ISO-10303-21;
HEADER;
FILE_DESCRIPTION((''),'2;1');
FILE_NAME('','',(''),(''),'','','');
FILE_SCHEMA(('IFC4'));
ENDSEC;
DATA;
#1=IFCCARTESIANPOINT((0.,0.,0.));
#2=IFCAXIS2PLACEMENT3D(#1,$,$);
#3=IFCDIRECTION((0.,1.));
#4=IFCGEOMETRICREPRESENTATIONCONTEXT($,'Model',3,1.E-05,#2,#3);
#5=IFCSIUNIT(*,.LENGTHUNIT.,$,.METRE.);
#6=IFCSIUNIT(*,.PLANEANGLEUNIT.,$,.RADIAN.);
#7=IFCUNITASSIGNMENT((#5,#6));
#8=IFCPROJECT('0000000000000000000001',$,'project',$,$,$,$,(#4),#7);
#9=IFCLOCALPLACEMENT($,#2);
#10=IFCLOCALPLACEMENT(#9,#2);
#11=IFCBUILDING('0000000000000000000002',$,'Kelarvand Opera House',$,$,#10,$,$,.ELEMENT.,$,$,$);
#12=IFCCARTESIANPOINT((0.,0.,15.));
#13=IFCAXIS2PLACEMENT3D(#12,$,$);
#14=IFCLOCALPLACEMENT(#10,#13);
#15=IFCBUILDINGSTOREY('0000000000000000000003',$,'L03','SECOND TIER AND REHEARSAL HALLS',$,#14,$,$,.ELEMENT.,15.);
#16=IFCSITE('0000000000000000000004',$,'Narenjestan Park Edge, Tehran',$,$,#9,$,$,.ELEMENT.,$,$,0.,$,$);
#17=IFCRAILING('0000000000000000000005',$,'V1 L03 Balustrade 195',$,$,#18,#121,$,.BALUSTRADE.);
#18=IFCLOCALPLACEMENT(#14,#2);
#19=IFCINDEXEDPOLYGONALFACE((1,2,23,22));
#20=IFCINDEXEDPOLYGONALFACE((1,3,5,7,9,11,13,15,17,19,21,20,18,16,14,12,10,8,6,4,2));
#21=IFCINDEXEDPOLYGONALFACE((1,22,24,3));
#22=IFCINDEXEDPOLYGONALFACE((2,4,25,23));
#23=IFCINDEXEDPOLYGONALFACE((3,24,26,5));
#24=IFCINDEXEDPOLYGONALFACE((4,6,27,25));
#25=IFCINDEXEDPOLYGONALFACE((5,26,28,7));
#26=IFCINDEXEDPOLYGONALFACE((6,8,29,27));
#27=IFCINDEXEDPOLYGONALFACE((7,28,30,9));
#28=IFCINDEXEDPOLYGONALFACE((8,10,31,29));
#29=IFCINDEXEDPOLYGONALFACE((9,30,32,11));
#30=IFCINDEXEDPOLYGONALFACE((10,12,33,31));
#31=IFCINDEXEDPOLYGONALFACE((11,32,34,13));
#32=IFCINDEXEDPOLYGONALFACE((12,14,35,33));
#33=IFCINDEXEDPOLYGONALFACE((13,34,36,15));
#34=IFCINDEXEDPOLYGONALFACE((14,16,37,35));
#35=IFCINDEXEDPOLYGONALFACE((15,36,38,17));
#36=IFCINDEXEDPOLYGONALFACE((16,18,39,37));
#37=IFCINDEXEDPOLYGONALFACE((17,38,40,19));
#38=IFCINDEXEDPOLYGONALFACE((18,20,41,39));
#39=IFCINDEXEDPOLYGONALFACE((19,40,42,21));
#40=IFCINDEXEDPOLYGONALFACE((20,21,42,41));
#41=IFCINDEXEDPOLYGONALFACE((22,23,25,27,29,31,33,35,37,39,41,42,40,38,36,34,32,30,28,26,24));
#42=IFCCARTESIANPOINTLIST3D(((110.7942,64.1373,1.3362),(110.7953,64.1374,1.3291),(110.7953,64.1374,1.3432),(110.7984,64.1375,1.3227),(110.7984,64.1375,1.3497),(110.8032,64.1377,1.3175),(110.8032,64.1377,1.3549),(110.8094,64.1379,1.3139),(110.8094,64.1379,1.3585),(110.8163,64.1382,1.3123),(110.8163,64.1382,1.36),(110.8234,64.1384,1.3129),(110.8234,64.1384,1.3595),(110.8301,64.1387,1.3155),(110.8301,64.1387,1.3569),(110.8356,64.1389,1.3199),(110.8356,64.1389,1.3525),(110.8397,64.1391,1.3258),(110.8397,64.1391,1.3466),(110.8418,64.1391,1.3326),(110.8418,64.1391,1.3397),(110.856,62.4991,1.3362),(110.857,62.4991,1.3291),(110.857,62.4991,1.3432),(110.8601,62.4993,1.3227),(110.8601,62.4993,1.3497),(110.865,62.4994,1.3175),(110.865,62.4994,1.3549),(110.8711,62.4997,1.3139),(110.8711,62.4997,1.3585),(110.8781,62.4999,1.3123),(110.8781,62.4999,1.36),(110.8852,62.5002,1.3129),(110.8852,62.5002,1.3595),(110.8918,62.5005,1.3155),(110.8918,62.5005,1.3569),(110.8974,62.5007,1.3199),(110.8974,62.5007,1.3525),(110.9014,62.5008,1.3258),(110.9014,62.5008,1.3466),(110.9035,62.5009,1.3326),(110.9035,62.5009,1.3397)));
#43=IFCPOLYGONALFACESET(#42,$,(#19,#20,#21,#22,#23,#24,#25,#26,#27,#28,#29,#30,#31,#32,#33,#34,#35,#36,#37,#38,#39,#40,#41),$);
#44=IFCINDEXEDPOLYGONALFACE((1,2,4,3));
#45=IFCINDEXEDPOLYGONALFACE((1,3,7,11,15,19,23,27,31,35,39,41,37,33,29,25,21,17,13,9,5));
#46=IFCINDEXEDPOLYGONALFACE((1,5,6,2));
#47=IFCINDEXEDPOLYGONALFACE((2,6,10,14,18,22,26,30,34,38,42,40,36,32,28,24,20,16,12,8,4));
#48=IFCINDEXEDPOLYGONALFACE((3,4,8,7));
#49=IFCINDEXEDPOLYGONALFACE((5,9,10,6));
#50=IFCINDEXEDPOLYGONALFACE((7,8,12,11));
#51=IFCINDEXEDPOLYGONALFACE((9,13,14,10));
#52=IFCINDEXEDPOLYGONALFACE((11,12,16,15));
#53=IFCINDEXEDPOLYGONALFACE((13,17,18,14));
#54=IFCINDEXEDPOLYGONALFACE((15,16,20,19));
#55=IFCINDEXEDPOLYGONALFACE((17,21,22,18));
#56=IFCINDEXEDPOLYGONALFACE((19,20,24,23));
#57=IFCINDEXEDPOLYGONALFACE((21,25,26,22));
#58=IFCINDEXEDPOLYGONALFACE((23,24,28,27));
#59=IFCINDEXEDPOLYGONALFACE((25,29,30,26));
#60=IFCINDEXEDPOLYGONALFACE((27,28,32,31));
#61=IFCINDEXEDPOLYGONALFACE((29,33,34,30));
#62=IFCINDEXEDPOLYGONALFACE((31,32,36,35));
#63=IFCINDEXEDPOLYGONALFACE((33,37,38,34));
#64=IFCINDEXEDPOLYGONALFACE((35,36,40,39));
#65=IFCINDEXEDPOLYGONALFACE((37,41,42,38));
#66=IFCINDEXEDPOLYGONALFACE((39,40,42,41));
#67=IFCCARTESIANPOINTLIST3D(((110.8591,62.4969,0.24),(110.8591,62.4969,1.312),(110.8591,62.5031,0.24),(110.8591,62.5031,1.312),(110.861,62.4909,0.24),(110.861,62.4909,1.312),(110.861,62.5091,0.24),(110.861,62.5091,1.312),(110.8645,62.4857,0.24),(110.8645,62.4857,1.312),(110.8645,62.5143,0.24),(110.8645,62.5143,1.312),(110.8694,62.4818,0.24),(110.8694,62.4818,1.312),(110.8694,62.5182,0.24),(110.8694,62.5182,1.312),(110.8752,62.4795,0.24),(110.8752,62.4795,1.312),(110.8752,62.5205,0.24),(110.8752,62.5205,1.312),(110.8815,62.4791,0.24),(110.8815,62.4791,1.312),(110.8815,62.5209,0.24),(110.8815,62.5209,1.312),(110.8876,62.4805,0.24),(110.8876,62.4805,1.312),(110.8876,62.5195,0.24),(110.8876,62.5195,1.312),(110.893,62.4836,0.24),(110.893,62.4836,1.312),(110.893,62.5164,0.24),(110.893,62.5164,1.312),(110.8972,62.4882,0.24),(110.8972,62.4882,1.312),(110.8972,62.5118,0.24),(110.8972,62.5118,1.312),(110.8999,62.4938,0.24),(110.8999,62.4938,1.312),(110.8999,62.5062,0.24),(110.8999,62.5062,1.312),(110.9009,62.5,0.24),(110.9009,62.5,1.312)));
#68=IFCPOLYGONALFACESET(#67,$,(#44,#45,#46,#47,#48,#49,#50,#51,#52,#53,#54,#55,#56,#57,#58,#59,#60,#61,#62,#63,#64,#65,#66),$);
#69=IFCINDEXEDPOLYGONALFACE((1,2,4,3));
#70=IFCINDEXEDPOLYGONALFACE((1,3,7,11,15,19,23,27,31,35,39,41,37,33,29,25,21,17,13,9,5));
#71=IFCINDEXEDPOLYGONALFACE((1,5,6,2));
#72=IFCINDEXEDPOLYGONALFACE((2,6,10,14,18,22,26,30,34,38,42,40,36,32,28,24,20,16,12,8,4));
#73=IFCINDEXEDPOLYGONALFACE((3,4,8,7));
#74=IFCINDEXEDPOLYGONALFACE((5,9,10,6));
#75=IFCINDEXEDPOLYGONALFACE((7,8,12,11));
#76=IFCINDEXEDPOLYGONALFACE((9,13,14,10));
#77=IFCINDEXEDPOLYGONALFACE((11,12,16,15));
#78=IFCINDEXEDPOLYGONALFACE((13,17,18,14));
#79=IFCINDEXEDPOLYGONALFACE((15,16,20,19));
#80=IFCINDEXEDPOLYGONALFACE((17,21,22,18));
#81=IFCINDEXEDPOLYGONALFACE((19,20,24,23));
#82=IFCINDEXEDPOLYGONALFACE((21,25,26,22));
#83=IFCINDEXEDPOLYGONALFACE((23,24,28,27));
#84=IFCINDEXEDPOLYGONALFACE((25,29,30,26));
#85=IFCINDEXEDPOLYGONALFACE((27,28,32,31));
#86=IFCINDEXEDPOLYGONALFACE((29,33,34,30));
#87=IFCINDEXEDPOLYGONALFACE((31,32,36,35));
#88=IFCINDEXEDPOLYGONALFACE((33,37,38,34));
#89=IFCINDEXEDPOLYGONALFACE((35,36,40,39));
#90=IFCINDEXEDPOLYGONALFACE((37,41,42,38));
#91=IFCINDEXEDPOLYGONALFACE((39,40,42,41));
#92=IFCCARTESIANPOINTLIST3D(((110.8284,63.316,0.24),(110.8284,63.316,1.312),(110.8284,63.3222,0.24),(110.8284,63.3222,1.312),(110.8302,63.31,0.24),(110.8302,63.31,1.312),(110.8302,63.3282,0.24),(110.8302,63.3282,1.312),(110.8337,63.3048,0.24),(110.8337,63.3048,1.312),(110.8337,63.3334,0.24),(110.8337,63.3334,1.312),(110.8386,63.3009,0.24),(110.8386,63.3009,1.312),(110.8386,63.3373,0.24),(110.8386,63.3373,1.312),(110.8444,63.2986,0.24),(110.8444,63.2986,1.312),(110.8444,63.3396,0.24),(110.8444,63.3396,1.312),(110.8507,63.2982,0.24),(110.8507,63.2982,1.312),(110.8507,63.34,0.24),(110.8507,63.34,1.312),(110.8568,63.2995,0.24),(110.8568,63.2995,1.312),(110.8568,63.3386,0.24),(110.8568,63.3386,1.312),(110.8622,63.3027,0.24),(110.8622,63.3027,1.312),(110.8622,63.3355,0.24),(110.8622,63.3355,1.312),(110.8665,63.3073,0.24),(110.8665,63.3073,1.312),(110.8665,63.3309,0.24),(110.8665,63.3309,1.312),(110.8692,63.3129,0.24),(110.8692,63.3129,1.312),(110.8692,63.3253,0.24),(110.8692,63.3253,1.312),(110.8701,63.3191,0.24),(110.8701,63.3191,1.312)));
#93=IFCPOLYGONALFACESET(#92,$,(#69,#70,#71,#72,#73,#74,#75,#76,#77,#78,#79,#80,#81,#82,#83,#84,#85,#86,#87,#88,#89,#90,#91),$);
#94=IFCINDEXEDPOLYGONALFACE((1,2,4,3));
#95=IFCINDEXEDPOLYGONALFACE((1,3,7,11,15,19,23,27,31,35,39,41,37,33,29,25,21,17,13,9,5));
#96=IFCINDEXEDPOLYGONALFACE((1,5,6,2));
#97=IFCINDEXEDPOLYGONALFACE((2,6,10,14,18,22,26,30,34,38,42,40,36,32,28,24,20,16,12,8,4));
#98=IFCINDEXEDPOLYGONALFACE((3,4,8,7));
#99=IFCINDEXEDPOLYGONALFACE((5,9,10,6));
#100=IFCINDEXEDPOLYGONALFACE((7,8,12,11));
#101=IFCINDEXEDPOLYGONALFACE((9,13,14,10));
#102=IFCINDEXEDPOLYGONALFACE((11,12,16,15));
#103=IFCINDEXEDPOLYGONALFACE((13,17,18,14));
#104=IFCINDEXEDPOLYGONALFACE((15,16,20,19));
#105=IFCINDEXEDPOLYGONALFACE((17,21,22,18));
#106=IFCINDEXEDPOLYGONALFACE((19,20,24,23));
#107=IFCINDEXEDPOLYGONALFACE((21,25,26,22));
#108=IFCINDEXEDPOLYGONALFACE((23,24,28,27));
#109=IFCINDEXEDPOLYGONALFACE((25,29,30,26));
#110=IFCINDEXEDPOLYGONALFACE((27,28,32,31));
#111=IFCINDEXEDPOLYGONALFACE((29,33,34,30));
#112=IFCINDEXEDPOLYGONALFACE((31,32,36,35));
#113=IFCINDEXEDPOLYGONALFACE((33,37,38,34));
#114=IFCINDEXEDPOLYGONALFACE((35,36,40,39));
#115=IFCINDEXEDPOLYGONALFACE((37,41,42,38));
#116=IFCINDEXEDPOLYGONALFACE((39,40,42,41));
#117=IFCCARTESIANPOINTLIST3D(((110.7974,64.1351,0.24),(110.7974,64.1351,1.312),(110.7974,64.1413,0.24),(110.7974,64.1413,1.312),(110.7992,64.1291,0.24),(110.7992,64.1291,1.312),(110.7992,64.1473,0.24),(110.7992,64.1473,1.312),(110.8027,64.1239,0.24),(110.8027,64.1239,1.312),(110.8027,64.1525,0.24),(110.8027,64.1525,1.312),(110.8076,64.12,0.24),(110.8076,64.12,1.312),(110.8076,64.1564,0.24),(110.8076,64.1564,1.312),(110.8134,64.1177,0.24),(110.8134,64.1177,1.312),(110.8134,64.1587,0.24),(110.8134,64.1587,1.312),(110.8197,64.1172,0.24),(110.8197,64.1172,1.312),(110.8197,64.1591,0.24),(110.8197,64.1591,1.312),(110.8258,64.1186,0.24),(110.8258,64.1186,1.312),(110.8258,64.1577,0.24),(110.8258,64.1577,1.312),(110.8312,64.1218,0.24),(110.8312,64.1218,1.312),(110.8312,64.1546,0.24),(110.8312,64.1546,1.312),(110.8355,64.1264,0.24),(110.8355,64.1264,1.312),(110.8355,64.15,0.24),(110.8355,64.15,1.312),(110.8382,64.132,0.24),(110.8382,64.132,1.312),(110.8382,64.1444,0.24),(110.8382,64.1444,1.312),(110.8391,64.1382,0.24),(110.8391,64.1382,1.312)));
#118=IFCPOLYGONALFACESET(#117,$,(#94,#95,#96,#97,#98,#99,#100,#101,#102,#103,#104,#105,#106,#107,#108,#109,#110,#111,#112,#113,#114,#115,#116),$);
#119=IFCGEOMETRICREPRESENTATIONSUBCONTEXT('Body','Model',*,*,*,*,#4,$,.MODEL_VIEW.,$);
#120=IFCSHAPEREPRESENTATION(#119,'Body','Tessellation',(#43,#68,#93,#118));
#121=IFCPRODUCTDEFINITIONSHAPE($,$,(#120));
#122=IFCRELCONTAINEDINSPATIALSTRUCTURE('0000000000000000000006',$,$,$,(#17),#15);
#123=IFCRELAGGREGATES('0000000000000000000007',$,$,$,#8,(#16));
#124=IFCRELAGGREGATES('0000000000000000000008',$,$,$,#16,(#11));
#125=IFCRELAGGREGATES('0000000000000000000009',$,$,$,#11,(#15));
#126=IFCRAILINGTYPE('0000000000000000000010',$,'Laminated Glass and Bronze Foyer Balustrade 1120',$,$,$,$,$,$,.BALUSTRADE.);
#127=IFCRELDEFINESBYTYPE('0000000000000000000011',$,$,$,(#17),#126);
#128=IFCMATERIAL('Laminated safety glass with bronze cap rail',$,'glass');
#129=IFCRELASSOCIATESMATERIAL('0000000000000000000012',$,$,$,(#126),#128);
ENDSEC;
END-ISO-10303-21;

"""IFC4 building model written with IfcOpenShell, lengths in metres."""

from ifc_helpers import new_model, si_unit, direction, frame, origin, origin_2d, place, context, subcontext, project, spatial, circle, extrude, material, type_object, element, save


model = new_model("IFC4")

# Units and contexts
model_context = context("Model", 3, precision=1e-05, world=origin(), true_north=direction((0.0, 1.0)))
body_context = subcontext(model_context, "Body", "Model", "MODEL_VIEW")
ifc_project = project(units=[si_unit("LENGTHUNIT", "METRE"), si_unit("PLANEANGLEUNIT", "RADIAN")], contexts=[model_context])

# Site, building, storey
site_placement = place(None, origin())
site = spatial("IfcSite", under=ifc_project, at=site_placement, Name="Narenjestan Park Edge, Tehran", CompositionType="ELEMENT", RefElevation=0.0)
building_placement = place(site_placement, origin())
building = spatial("IfcBuilding", under=site, at=building_placement, Name="Kelarvand Opera House", CompositionType="ELEMENT")
storey_placement = place(building_placement, frame((0.0, 0.0, 15.0)))
storey = spatial("IfcBuildingStorey", under=building, at=storey_placement, Name="L03", Description="SECOND TIER AND REHEARSAL HALLS", CompositionType="ELEMENT", Elevation=15.0)

# Railing
ifc_material_1 = material(Name="Laminated safety glass with bronze cap rail", Category="glass")
railing_type = type_object("IfcRailingType", Name="Laminated Glass and Bronze Foyer Balustrade 1120", PredefinedType="BALUSTRADE", material=ifc_material_1)
railing_1_placement = place(storey_placement, frame((110.8799, 62.5, 0.24)))
element("IfcRailing", 1, at=railing_1_placement, inside=storey, type_object=railing_type, Name="V1 L03 Balustrade 195", PredefinedType="BALUSTRADE", context=body_context, shape_type="SweptSolid", body=[
    extrude(circle(Radius=0.0239, at=origin_2d()), frame((0.0, 0.0, 1.0962), z_axis=(-0.037678, 0.99929, 0.0), x_axis=(-0.99929, -0.037678, 0.0)), (0.0, 0.0, 1.0), 1.6394),
    extrude(circle(Radius=0.021, at=origin_2d()), origin(), (0.0, 0.0, 1.0), 1.072),
    extrude(circle(Radius=0.021, at=origin_2d()), frame((-0.0308, 0.8191, 0.0)), (0.0, 0.0, 1.0), 1.072),
    extrude(circle(Radius=0.021, at=origin_2d()), frame((-0.0618, 1.6382, 0.0)), (0.0, 0.0, 1.0), 1.072),
])

save(model, "model.ifc")
